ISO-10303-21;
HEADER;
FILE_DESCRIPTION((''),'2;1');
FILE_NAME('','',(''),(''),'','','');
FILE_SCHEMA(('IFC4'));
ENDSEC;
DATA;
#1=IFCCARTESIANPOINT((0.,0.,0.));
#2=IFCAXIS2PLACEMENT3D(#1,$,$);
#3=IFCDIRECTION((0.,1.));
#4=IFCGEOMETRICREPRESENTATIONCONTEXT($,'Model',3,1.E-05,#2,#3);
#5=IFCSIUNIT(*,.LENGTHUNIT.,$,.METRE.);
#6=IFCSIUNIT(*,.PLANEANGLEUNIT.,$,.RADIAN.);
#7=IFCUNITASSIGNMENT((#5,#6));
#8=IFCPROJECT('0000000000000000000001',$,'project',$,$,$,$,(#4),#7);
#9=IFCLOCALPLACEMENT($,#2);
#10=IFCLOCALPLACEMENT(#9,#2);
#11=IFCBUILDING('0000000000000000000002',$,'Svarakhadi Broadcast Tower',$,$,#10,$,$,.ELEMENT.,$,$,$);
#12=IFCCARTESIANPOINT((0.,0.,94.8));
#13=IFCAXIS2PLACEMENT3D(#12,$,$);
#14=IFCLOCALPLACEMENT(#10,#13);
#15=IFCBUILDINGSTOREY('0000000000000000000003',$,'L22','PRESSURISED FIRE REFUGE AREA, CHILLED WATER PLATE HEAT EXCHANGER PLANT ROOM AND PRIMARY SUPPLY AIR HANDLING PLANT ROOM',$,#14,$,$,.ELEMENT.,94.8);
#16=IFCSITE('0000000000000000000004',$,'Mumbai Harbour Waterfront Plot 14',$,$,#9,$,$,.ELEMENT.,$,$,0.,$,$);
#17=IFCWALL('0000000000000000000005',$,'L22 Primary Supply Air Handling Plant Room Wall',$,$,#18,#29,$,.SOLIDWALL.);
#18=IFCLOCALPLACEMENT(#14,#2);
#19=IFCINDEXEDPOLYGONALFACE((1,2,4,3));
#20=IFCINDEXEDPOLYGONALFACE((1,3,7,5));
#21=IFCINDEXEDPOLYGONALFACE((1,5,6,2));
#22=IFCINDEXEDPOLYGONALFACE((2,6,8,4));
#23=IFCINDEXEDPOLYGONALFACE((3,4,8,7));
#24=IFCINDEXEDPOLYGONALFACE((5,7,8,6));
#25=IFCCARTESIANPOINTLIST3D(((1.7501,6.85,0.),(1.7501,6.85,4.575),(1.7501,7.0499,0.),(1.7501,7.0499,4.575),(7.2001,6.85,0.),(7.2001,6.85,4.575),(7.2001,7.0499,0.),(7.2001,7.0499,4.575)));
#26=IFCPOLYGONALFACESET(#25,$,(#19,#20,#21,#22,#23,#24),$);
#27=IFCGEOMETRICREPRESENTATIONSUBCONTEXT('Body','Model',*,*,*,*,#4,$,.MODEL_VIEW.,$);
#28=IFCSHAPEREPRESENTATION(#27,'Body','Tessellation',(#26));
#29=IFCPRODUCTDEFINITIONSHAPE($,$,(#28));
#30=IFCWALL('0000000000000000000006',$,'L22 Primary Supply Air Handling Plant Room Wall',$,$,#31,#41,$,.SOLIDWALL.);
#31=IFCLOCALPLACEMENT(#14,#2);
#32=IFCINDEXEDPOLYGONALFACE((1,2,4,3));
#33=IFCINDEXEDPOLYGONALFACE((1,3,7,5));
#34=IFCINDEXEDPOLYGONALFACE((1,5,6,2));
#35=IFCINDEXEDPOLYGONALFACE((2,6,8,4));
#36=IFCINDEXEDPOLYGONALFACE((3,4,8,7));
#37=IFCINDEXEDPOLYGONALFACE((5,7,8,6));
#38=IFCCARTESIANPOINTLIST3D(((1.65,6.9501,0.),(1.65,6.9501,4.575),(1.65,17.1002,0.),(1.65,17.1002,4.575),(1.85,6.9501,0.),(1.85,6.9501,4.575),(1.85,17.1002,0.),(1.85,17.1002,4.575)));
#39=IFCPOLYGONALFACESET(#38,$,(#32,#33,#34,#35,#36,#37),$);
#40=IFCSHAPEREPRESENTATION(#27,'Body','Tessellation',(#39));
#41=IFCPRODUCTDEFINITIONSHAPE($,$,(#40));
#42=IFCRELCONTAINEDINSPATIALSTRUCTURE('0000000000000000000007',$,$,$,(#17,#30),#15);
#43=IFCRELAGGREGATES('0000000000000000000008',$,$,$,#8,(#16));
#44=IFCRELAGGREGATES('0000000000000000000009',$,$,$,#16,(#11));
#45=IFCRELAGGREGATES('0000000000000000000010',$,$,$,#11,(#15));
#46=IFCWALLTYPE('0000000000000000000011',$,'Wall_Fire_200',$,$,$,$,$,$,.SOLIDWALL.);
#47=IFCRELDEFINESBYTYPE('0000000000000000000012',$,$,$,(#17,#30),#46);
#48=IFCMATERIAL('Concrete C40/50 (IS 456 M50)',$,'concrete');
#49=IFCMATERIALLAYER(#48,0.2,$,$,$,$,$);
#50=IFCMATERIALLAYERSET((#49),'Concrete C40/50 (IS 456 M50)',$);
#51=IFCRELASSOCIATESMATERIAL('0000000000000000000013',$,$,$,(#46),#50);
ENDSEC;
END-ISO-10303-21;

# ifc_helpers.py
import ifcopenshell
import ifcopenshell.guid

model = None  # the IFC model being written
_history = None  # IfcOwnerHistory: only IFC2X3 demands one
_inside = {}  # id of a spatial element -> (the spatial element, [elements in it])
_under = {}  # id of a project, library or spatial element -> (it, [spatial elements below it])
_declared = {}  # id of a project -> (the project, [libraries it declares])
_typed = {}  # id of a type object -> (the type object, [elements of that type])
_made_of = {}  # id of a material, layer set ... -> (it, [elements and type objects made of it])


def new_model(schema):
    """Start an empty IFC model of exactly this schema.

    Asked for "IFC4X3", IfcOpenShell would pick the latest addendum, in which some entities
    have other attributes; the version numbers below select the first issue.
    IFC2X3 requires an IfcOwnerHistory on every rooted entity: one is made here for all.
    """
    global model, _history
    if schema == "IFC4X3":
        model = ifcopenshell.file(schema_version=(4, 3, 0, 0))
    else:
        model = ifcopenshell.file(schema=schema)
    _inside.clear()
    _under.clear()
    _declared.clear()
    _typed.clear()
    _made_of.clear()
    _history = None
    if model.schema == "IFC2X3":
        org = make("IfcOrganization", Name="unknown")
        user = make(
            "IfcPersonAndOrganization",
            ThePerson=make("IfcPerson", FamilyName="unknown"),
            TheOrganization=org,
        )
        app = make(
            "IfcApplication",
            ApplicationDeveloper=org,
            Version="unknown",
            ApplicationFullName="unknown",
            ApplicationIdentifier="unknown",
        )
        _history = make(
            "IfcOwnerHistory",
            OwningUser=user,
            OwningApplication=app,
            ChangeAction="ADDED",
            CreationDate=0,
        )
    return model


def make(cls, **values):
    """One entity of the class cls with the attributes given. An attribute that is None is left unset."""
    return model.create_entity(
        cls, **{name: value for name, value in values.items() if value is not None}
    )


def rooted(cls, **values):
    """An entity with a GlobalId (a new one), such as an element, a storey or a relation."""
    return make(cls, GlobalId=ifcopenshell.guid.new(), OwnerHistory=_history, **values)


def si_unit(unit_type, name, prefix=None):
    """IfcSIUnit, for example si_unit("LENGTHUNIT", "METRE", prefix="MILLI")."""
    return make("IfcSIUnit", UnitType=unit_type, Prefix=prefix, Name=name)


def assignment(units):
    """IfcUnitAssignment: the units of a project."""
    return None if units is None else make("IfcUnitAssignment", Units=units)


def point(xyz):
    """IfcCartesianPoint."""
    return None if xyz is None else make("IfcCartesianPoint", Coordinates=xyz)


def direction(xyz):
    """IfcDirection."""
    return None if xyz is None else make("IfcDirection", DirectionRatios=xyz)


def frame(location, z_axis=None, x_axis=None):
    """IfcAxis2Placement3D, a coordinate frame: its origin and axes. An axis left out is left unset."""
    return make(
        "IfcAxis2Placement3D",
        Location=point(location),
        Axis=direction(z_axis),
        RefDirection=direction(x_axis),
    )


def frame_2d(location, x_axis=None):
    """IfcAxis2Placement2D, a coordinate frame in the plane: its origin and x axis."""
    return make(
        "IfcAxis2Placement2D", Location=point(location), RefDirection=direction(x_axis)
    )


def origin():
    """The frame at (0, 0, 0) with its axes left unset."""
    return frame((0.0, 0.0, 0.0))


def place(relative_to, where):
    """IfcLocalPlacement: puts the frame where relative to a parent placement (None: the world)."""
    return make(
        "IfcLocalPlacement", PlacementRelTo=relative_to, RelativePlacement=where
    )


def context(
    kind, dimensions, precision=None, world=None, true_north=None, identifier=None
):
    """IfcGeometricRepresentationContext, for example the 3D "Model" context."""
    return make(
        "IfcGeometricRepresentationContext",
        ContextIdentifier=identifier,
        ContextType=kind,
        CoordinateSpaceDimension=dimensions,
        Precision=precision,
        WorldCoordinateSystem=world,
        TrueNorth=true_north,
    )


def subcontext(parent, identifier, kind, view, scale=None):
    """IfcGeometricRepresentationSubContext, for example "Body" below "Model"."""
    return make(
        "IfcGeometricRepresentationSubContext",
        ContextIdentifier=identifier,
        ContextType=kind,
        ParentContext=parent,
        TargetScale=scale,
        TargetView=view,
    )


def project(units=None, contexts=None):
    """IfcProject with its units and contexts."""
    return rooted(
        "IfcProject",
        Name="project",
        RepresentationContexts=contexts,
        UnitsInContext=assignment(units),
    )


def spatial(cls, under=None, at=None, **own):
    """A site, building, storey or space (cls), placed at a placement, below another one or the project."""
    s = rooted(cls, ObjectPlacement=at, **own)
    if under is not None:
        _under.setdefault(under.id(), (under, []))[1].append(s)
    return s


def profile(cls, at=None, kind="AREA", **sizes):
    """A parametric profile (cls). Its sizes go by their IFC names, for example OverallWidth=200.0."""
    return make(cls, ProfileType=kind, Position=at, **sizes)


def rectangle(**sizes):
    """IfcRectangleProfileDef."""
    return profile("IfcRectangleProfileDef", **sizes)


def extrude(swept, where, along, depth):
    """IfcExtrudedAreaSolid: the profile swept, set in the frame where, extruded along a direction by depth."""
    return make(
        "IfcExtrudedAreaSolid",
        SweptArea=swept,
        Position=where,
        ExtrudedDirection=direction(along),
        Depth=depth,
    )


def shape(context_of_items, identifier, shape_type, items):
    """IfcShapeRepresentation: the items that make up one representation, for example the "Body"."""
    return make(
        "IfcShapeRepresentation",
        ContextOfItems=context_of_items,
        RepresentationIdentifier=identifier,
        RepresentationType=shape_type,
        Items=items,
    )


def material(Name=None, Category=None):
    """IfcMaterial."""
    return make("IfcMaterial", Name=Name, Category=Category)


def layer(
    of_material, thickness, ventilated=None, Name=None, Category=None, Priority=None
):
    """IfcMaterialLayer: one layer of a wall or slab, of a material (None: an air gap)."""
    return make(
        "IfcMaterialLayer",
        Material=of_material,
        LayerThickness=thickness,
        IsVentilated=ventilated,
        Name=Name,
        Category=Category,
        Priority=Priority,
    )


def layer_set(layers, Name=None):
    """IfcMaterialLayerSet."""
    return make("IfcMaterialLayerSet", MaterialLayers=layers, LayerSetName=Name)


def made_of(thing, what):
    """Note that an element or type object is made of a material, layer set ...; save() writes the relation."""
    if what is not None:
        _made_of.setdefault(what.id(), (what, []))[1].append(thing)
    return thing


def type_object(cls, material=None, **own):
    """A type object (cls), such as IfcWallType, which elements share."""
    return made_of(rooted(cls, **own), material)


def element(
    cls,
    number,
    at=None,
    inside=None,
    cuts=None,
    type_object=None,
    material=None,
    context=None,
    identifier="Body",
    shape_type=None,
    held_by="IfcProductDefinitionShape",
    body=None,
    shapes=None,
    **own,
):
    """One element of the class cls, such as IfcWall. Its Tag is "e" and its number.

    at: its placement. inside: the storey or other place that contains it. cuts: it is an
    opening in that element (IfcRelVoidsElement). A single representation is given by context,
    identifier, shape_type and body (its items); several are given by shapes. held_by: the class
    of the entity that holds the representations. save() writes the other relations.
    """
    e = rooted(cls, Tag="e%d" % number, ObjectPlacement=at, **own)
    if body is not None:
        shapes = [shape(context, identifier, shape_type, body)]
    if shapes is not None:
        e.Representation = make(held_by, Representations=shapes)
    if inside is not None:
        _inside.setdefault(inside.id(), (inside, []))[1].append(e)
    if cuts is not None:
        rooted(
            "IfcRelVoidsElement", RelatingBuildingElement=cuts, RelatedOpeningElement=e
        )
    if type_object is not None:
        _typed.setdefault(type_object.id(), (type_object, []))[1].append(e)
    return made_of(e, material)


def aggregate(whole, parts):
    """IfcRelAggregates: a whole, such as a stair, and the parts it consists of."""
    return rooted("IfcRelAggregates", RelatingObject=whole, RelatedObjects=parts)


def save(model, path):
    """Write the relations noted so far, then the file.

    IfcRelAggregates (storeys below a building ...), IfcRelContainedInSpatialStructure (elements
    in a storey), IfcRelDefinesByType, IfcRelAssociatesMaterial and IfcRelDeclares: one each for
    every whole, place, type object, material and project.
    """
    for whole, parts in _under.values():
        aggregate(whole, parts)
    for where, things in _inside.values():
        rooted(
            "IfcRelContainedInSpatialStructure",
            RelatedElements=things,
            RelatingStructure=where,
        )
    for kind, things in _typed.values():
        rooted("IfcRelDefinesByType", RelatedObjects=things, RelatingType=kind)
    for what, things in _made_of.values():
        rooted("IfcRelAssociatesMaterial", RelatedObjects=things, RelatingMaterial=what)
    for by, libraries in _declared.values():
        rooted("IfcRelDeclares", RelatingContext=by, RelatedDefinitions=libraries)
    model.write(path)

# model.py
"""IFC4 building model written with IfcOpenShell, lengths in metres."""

from ifc_helpers import new_model, si_unit, direction, frame, frame_2d, origin, place, context, subcontext, project, spatial, rectangle, extrude, material, layer, layer_set, type_object, element, save


model = new_model("IFC4")

# Units and contexts
model_context = context("Model", 3, precision=1e-05, world=origin(), true_north=direction((0.0, 1.0)))
body_context = subcontext(model_context, "Body", "Model", "MODEL_VIEW")
ifc_project = project(units=[si_unit("LENGTHUNIT", "METRE"), si_unit("PLANEANGLEUNIT", "RADIAN")], contexts=[model_context])

# Site, building, storey
site_placement = place(None, origin())
site = spatial("IfcSite", under=ifc_project, at=site_placement, Name="Mumbai Harbour Waterfront Plot 14", CompositionType="ELEMENT", RefElevation=0.0)
building_placement = place(site_placement, origin())
building = spatial("IfcBuilding", under=site, at=building_placement, Name="Svarakhadi Broadcast Tower", CompositionType="ELEMENT")
storey_placement = place(building_placement, frame((0.0, 0.0, 94.8)))
storey = spatial("IfcBuildingStorey", under=building, at=storey_placement, Name="L22", Description="PRESSURISED FIRE REFUGE AREA, CHILLED WATER PLATE HEAT EXCHANGER PLANT ROOM AND PRIMARY SUPPLY AIR HANDLING PLANT ROOM", CompositionType="ELEMENT", Elevation=94.8)

# Shared definitions
ifc_material_1 = material(Name="Concrete C40/50 (IS 456 M50)", Category="concrete")

# Walls
ifc_layer_1 = layer(ifc_material_1, 0.2)
ifc_layer_set_1 = layer_set([ifc_layer_1], Name="Concrete C40/50 (IS 456 M50)")
wall_type_1 = type_object("IfcWallType", Name="Wall_Fire_200", PredefinedType="SOLIDWALL", material=ifc_layer_set_1)
wall_1_placement = place(storey_placement, frame((1.75, 6.95, 0.0), z_axis=(0.0, 0.0, 1.0), x_axis=(1.0, 0.0, 0.0)))
element("IfcWall", 1, at=wall_1_placement, inside=storey, type_object=wall_type_1, Name="L22 Primary Supply Air Handling Plant Room Wall", PredefinedType="SOLIDWALL", context=body_context, shape_type="SweptSolid", body=[
    extrude(rectangle(XDim=5.45, YDim=0.2, at=frame_2d((2.7251, 0.0))), origin(), (0.0, 0.0, 1.0), 4.575),
])
wall_2_placement = place(storey_placement, frame((1.75, 6.95, 0.0), z_axis=(0.0, 0.0, 1.0), x_axis=(0.0, 1.0, 0.0)))
element("IfcWall", 2, at=wall_2_placement, inside=storey, type_object=wall_type_1, Name="L22 Primary Supply Air Handling Plant Room Wall", PredefinedType="SOLIDWALL", context=body_context, shape_type="SweptSolid", body=[
    extrude(rectangle(XDim=10.1501, YDim=0.2, at=frame_2d((5.0752, 0.0))), origin(), (0.0, 0.0, 1.0), 4.575),
])

save(model, "model.ifc")
